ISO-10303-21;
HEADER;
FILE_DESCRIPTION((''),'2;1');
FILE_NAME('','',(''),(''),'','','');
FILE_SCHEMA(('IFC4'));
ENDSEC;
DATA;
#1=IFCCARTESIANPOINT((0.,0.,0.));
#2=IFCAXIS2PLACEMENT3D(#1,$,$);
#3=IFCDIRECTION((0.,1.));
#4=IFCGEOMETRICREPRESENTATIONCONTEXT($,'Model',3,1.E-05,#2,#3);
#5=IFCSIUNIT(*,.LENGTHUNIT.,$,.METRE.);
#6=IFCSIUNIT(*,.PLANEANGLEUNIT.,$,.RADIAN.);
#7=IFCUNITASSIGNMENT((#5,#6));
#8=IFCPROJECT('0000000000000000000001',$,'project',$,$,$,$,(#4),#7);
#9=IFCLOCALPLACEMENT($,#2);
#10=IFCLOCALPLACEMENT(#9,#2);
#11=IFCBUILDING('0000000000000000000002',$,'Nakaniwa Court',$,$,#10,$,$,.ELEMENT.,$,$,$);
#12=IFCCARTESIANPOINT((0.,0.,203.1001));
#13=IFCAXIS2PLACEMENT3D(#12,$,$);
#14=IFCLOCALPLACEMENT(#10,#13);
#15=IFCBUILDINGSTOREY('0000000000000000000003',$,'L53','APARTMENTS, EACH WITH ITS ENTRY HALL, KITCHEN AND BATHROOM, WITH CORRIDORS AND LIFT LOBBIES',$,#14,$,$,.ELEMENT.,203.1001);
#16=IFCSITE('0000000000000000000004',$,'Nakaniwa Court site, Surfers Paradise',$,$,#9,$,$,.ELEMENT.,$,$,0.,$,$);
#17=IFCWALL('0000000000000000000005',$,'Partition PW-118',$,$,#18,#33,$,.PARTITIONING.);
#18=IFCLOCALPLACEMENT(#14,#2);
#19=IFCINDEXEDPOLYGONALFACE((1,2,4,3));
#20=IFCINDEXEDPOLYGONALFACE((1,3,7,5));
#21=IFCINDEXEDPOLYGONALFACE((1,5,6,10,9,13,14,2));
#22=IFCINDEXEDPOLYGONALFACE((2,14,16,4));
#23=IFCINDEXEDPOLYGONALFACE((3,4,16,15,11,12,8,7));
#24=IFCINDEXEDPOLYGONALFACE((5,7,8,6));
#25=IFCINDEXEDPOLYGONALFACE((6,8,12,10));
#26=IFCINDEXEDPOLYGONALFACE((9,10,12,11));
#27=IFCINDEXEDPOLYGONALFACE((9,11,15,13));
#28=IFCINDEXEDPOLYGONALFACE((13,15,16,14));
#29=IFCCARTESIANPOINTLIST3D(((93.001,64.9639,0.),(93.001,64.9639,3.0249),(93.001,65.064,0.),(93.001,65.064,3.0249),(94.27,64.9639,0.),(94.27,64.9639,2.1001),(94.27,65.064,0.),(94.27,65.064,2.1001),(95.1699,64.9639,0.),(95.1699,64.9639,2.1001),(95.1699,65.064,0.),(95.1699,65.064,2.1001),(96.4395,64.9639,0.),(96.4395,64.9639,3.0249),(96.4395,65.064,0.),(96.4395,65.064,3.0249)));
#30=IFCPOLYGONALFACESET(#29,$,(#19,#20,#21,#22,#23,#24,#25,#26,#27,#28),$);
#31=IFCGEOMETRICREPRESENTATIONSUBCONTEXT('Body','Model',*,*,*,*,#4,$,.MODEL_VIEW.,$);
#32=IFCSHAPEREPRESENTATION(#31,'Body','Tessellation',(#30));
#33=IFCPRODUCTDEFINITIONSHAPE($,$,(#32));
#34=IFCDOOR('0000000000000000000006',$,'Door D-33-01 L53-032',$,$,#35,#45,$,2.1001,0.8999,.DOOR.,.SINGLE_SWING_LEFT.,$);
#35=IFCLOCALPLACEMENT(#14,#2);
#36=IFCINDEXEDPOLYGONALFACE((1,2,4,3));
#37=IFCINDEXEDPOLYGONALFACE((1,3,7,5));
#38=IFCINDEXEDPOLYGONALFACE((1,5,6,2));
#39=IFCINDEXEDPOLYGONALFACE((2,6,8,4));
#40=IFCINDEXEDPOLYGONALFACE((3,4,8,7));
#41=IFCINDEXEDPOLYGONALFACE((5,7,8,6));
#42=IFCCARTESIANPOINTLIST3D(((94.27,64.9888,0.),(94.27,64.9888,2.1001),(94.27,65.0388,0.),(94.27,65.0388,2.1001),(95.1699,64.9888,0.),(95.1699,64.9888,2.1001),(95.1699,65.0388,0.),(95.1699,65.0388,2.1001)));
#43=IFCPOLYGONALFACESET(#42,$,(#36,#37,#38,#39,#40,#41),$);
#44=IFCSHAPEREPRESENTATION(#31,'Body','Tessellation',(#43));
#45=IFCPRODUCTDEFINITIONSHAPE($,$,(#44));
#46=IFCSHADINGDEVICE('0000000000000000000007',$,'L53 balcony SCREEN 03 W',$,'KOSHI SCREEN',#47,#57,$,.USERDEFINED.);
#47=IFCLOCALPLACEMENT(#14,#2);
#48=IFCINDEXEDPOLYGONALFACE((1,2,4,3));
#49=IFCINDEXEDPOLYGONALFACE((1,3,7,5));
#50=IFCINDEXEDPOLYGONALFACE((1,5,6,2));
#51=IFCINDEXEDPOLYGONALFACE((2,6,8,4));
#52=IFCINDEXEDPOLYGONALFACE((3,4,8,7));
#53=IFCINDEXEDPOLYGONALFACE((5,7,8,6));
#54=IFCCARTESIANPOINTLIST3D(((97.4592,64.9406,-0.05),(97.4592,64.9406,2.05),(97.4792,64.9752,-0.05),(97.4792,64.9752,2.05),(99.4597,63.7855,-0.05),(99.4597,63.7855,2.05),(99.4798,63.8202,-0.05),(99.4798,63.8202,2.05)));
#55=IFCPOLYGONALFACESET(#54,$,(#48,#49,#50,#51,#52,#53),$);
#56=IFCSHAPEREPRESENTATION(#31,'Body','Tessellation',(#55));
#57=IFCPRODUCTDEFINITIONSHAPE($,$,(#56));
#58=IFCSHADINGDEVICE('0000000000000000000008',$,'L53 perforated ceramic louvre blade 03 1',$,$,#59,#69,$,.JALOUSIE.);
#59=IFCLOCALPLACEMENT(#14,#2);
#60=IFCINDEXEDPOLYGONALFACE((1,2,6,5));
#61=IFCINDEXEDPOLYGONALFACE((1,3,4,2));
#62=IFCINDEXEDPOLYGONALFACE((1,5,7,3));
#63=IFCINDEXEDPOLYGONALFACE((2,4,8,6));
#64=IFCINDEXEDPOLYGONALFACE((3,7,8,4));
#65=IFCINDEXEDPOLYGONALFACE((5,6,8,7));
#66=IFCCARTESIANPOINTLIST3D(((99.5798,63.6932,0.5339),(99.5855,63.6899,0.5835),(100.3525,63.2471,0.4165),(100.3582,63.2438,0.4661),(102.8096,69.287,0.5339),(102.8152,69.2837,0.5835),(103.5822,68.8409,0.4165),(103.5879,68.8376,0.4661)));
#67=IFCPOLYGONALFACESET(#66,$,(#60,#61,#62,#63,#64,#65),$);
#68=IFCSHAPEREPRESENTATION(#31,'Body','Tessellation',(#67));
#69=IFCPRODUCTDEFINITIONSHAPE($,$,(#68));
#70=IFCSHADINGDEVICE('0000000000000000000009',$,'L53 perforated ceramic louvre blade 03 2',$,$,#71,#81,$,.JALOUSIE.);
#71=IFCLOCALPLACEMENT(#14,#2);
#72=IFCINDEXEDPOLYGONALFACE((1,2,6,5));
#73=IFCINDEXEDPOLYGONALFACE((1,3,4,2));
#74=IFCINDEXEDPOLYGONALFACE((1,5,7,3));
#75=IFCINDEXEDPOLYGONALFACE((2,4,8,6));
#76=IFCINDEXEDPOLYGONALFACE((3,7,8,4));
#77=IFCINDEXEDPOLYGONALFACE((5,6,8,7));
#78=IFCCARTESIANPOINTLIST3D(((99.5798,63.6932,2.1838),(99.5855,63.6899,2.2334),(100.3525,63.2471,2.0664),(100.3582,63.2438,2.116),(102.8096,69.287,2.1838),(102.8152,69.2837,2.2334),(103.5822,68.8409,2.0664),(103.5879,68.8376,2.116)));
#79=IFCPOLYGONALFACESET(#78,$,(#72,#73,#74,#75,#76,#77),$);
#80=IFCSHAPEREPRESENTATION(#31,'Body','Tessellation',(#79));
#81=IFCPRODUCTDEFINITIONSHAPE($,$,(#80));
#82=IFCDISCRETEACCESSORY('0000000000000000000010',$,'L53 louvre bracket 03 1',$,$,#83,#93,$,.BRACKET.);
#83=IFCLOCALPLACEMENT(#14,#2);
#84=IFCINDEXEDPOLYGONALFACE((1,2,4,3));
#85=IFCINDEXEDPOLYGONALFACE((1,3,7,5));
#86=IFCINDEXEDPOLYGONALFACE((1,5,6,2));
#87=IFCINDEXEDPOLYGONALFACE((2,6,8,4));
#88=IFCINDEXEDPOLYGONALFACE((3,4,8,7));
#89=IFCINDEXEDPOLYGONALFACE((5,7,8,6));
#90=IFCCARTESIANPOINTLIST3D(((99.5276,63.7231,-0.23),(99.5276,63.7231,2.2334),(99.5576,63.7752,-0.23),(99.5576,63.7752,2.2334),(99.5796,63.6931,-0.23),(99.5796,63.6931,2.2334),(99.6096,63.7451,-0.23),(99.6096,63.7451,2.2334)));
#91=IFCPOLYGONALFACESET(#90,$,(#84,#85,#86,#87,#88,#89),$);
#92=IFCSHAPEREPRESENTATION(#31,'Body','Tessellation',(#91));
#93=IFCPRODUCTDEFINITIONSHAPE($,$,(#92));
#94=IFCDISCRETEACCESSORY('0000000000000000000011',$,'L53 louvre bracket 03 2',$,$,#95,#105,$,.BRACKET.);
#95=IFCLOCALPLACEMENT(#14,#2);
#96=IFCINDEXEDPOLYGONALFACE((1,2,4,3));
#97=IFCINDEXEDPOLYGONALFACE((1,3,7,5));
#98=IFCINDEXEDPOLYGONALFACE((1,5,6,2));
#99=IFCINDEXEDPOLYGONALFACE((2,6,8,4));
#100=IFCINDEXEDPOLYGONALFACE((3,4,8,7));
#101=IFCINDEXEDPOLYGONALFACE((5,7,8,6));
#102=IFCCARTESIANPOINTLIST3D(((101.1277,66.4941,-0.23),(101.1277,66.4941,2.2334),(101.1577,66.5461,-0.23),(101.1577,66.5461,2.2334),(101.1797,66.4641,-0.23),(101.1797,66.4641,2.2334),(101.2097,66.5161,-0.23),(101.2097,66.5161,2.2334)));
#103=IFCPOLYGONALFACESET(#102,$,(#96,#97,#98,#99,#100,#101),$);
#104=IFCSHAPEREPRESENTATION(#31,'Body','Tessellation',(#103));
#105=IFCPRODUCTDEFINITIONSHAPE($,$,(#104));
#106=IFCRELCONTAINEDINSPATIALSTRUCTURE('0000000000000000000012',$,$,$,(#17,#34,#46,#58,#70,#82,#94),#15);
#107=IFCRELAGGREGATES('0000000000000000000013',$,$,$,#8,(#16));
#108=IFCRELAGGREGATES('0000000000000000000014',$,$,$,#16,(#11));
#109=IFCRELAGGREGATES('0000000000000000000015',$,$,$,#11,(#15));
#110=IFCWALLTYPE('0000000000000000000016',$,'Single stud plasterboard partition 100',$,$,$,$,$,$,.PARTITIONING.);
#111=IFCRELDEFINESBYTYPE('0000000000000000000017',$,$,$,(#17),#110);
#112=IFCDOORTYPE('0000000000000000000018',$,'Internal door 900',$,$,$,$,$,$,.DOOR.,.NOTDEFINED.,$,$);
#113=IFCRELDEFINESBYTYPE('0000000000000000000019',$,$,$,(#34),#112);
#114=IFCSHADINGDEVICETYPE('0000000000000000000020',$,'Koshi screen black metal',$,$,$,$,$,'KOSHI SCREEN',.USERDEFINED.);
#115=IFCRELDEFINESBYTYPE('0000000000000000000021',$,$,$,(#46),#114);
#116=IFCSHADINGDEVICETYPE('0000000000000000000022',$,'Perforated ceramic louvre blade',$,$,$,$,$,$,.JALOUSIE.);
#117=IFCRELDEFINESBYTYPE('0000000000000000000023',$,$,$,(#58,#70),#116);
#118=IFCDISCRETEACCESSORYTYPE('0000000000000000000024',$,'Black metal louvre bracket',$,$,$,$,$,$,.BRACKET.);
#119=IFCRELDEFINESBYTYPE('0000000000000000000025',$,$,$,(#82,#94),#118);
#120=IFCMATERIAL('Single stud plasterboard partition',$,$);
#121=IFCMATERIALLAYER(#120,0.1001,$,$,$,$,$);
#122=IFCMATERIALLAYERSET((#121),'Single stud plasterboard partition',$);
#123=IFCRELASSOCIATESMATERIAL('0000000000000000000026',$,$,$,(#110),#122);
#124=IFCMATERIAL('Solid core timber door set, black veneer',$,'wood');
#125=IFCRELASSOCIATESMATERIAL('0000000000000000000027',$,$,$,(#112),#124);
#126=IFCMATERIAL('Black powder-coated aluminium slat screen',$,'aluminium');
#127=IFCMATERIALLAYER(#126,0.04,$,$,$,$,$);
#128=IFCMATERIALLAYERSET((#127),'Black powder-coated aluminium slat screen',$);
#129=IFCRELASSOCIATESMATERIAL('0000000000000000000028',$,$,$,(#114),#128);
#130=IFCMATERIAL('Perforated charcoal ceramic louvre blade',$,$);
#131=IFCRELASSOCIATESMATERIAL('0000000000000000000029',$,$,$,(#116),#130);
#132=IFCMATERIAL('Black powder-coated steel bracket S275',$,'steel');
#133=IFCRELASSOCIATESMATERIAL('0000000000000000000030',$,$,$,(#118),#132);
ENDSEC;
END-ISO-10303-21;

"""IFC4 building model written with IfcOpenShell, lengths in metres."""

from ifc_helpers import new_model, si_unit, direction, frame, frame_2d, origin, origin_2d, place, context, subcontext, project, spatial, rectangle, extrude, material, layer, layer_set, material_profile, profile_set, type_object, element, fill, save


model = new_model("IFC4")

# Units and contexts
model_context = context("Model", 3, precision=1e-05, world=origin(), true_north=direction((0.0, 1.0)))
body_context = subcontext(model_context, "Body", "Model", "MODEL_VIEW")
ifc_project = project(units=[si_unit("LENGTHUNIT", "METRE"), si_unit("PLANEANGLEUNIT", "RADIAN")], contexts=[model_context])

# Site, building, storey
site_placement = place(None, origin())
site = spatial("IfcSite", under=ifc_project, at=site_placement, Name="Nakaniwa Court site, Surfers Paradise", CompositionType="ELEMENT", RefElevation=0.0)
building_placement = place(site_placement, origin())
building = spatial("IfcBuilding", under=site, at=building_placement, Name="Nakaniwa Court", CompositionType="ELEMENT")
storey_placement = place(building_placement, frame((0.0, 0.0, 203.1001)))
storey = spatial("IfcBuildingStorey", under=building, at=storey_placement, Name="L53", Description="APARTMENTS, EACH WITH ITS ENTRY HALL, KITCHEN AND BATHROOM, WITH CORRIDORS AND LIFT LOBBIES", CompositionType="ELEMENT", Elevation=203.1001)

# Shared definitions
ifc_material_1 = material(Name="Solid core timber door set, black veneer", Category="wood")

# Wall, opening, door
ifc_material_2 = material(Name="Single stud plasterboard partition")
ifc_layer_1 = layer(ifc_material_2, 0.1001)
ifc_layer_set_1 = layer_set([ifc_layer_1], Name="Single stud plasterboard partition")
wall_type_1 = type_object("IfcWallType", Name="Single stud plasterboard partition 100", PredefinedType="PARTITIONING", material=ifc_layer_set_1)
wall_1_placement = place(storey_placement, frame((93.001, 65.0139, 0.0), z_axis=(0.0, 0.0, 1.0), x_axis=(1.0, 0.0, 0.0)))
wall_1 = element("IfcWall", 1, at=wall_1_placement, inside=storey, type_object=wall_type_1, Name="Partition PW-118", PredefinedType="PARTITIONING", context=body_context, shape_type="SweptSolid", body=[
    extrude(rectangle(XDim=3.4385, YDim=0.1001, at=frame_2d((1.7192, 0.0))), origin(), (0.0, 0.0, 1.0), 3.0249),
])
opening_1_placement = place(wall_1_placement, frame((1.269, 0.0, 0.0)))
opening_1 = element("IfcOpeningElement", 2, at=opening_1_placement, cuts=wall_1, PredefinedType="OPENING", context=body_context, shape_type="SweptSolid", body=[
    extrude(rectangle(XDim=0.8999, YDim=2.1001, at=frame_2d((0.45, 1.05))), frame((0.0, 0.0601, 0.0), z_axis=(0.0, -1.0, 0.0), x_axis=(1.0, 0.0, 0.0)), (0.0, 0.0, 1.0), 0.1201),
])
door_type_1 = type_object("IfcDoorType", Name="Internal door 900", OperationType="NOTDEFINED", PredefinedType="DOOR", material=ifc_material_1)
door_1_placement = place(opening_1_placement, origin())
door_1 = element("IfcDoor", 3, at=door_1_placement, inside=storey, type_object=door_type_1, Name="Door D-33-01 L53-032", OperationType="SINGLE_SWING_LEFT", OverallHeight=2.1001, OverallWidth=0.8999, PredefinedType="DOOR", context=body_context, shape_type="SweptSolid", body=[
    extrude(rectangle(XDim=0.8999, YDim=2.1001, at=frame_2d((0.45, 1.05))), frame((0.0, 0.0249, 0.0), z_axis=(0.0, -1.0, 0.0), x_axis=(1.0, 0.0, 0.0)), (0.0, 0.0, 1.0), 0.05),
])
fill(opening_1, door_1)

# Shading devices
ifc_material_3 = material(Name="Black powder-coated aluminium slat screen", Category="aluminium")
ifc_layer_2 = layer(ifc_material_3, 0.04)
ifc_layer_set_2 = layer_set([ifc_layer_2], Name="Black powder-coated aluminium slat screen")
shading_device_type_1 = type_object("IfcShadingDeviceType", Name="Koshi screen black metal", ElementType="KOSHI SCREEN", PredefinedType="USERDEFINED", material=ifc_layer_set_2)
shading_device_placement = place(storey_placement, frame((98.4695, 64.3804, -0.05), z_axis=(0.0, 0.0, 1.0), x_axis=(0.500017, 0.866016, 0.0)))
element("IfcShadingDevice", 4, at=shading_device_placement, inside=storey, type_object=shading_device_type_1, Name="L53 balcony SCREEN 03 W", ObjectType="KOSHI SCREEN", PredefinedType="USERDEFINED", context=body_context, shape_type="SweptSolid", body=[
    extrude(rectangle(XDim=0.04, YDim=2.3101, at=origin_2d()), origin(), (0.0, 0.0, 1.0), 2.1001),
])
ifc_material_4 = material(Name="Perforated charcoal ceramic louvre blade")
ifc_material_profile_1 = material_profile(ifc_material_4, rectangle(XDim=0.8999, YDim=0.05, at=origin_2d()), Name="Perforated ceramic louvre blade")
ifc_profile_set_1 = profile_set([ifc_material_profile_1], Name="Perforated charcoal ceramic louvre blade")
shading_device_type_2 = type_object("IfcShadingDeviceType", Name="Perforated ceramic louvre blade", PredefinedType="JALOUSIE", material=ifc_profile_set_1)
for number, where, z_axis, x_axis, name in (
    (5, (99.969, 63.4685, 0.5), (0.500021, 0.866013, 0.0), (-0.858604, 0.495744, 0.130526), "L53 perforated ceramic louvre blade 03 1"),
    (6, (99.969, 63.4685, 2.1499), (0.500021, 0.866013, 0.0), (-0.858604, 0.495744, 0.130526), "L53 perforated ceramic louvre blade 03 2"),
):
    element("IfcShadingDevice", number, at=place(storey_placement, frame(where, z_axis=z_axis, x_axis=x_axis)), inside=storey, type_object=shading_device_type_2, Name=name, PredefinedType="JALOUSIE", context=body_context, shape_type="SweptSolid", body=[
        extrude(rectangle(XDim=0.8999, YDim=0.05, at=origin_2d()), origin(), (0.0, 0.0, 1.0), 6.4592),
    ])

# Discrete accessories
ifc_material_5 = material(Name="Black powder-coated steel bracket S275", Category="steel")
discrete_accessory_type = type_object("IfcDiscreteAccessoryType", Name="Black metal louvre bracket", PredefinedType="BRACKET", material=ifc_material_5)
for number, where, z_axis, x_axis, name in (
    (7, (99.5686, 63.7341, -0.23), (0.0, 0.0, 1.0), (0.500017, 0.866016, 0.0), "L53 louvre bracket 03 1"),
    (8, (101.1687, 66.5051, -0.23), (0.0, 0.0, 1.0), (0.500017, 0.866016, 0.0), "L53 louvre bracket 03 2"),
):
    element("IfcDiscreteAccessory", number, at=place(storey_placement, frame(where, z_axis=z_axis, x_axis=x_axis)), inside=storey, type_object=discrete_accessory_type, Name=name, PredefinedType="BRACKET", context=body_context, shape_type="SweptSolid", body=[
        extrude(rectangle(XDim=0.0601, YDim=0.0601, at=origin_2d()), origin(), (0.0, 0.0, 1.0), 2.4634),
    ])

save(model, "model.ifc")
